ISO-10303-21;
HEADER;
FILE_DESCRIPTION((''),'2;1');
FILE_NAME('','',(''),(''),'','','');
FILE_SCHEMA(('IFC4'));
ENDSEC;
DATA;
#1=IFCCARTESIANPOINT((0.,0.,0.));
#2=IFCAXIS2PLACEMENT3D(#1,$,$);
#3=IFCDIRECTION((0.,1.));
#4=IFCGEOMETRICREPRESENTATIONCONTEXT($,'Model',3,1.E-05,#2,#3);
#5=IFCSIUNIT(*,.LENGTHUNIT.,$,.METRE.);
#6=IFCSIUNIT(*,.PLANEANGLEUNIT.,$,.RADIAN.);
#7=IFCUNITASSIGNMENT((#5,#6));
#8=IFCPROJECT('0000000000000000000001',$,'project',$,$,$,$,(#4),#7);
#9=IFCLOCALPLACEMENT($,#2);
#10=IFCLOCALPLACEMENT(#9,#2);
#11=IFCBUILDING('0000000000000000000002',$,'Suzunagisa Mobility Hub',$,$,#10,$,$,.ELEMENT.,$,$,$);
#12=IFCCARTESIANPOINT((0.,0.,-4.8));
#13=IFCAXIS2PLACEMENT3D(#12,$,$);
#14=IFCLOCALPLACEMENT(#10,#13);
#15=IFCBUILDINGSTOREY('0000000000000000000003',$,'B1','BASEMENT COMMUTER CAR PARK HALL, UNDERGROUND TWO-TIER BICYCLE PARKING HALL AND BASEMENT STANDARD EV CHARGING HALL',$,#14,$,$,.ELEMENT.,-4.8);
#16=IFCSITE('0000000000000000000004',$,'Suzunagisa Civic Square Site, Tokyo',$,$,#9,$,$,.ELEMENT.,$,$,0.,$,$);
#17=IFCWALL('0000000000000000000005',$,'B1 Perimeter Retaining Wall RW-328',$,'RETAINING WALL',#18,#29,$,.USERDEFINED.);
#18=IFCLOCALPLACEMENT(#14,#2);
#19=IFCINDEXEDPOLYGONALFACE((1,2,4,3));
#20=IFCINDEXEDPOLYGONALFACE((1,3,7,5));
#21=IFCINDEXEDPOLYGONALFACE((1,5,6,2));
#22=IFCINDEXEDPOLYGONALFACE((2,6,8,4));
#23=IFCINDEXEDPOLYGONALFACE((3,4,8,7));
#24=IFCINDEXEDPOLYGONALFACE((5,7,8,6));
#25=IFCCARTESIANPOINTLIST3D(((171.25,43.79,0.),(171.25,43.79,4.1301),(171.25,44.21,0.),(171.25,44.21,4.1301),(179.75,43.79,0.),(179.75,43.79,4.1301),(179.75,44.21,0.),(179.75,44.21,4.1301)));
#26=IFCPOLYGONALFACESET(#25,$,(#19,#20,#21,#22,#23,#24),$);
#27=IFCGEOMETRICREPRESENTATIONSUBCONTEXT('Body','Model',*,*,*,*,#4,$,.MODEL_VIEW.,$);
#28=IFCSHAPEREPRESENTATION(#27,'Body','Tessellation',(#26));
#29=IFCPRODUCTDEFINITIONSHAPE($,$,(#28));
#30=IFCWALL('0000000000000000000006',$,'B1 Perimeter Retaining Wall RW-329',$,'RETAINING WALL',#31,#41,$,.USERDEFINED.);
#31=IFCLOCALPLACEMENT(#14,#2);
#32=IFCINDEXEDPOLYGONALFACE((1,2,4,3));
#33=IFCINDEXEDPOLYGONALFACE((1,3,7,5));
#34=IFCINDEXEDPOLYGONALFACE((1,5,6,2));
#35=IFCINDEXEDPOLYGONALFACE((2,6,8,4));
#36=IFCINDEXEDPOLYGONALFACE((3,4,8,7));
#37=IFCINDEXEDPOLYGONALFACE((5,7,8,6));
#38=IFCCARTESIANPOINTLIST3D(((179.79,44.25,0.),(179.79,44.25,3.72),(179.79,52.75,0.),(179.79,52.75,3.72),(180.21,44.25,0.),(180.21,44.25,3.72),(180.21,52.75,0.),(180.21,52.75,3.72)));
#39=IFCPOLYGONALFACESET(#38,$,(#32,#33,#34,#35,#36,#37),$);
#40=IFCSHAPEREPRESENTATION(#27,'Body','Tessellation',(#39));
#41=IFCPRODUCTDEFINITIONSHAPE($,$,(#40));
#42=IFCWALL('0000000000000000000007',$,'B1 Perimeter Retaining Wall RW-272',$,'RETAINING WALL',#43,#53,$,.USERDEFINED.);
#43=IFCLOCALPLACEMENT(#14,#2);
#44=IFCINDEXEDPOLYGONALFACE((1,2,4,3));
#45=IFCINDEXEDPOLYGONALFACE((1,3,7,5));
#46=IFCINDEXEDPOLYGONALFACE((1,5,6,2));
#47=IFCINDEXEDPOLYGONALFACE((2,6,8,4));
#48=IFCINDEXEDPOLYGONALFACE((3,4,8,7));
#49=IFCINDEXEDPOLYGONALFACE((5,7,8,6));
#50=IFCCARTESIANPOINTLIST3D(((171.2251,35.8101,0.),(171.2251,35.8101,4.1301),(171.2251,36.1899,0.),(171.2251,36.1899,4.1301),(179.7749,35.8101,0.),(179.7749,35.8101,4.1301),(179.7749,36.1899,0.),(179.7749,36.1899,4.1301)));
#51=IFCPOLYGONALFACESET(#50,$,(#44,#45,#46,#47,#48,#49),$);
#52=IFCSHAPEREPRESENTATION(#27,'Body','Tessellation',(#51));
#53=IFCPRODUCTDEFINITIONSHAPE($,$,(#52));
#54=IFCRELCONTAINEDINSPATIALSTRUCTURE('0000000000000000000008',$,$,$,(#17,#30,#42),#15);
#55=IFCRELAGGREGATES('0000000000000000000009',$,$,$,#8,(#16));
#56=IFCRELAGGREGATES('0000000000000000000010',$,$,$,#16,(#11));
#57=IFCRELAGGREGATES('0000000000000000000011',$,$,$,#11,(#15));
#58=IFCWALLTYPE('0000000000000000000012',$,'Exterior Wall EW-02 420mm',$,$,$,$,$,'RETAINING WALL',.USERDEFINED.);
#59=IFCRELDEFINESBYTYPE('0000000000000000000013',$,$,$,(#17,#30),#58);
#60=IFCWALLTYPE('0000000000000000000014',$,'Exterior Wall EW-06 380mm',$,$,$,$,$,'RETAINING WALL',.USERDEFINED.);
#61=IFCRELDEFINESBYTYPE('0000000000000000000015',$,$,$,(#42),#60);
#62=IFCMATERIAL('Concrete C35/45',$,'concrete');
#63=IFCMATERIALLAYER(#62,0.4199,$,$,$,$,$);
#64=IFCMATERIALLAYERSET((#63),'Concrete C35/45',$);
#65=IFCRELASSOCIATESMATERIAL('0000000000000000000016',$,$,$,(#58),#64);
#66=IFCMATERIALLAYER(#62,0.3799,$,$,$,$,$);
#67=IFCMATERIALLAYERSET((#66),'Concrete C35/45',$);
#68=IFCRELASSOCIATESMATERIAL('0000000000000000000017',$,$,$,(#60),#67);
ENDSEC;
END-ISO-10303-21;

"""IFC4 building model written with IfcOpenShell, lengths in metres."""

from ifc_helpers import new_model, si_unit, direction, frame, frame_2d, origin, place, context, subcontext, project, spatial, rectangle, extrude, material, layer, layer_set, type_object, element, save


model = new_model("IFC4")

# Units and contexts
model_context = context("Model", 3, precision=1e-05, world=origin(), true_north=direction((0.0, 1.0)))
body_context = subcontext(model_context, "Body", "Model", "MODEL_VIEW")
ifc_project = project(units=[si_unit("LENGTHUNIT", "METRE"), si_unit("PLANEANGLEUNIT", "RADIAN")], contexts=[model_context])

# Site, building, storey
site_placement = place(None, origin())
site = spatial("IfcSite", under=ifc_project, at=site_placement, Name="Suzunagisa Civic Square Site, Tokyo", CompositionType="ELEMENT", RefElevation=0.0)
building_placement = place(site_placement, origin())
building = spatial("IfcBuilding", under=site, at=building_placement, Name="Suzunagisa Mobility Hub", CompositionType="ELEMENT")
storey_placement = place(building_placement, frame((0.0, 0.0, -4.8)))
storey = spatial("IfcBuildingStorey", under=building, at=storey_placement, Name="B1", Description="BASEMENT COMMUTER CAR PARK HALL, UNDERGROUND TWO-TIER BICYCLE PARKING HALL AND BASEMENT STANDARD EV CHARGING HALL", CompositionType="ELEMENT", Elevation=-4.8)

# Shared definitions
ifc_material_1 = material(Name="Concrete C35/45", Category="concrete")

# Walls
ifc_layer_1 = layer(ifc_material_1, 0.4199)
ifc_layer_set_1 = layer_set([ifc_layer_1], Name="Concrete C35/45")
wall_type_1 = type_object("IfcWallType", Name="Exterior Wall EW-02 420mm", ElementType="RETAINING WALL", PredefinedType="USERDEFINED", material=ifc_layer_set_1)
wall_1_placement = place(storey_placement, frame((171.25, 44.0, 0.0), z_axis=(0.0, 0.0, 1.0), x_axis=(1.0, 0.0, 0.0)))
element("IfcWall", 1, at=wall_1_placement, inside=storey, type_object=wall_type_1, Name="B1 Perimeter Retaining Wall RW-328", ObjectType="RETAINING WALL", PredefinedType="USERDEFINED", context=body_context, shape_type="SweptSolid", body=[
    extrude(rectangle(XDim=8.5, YDim=0.4199, at=frame_2d((4.25, 0.0))), origin(), (0.0, 0.0, 1.0), 4.1301),
])
wall_2_placement = place(storey_placement, frame((180.0, 44.25, 0.0), z_axis=(0.0, 0.0, 1.0), x_axis=(0.0, 1.0, 0.0)))
element("IfcWall", 2, at=wall_2_placement, inside=storey, type_object=wall_type_1, Name="B1 Perimeter Retaining Wall RW-329", ObjectType="RETAINING WALL", PredefinedType="USERDEFINED", context=body_context, shape_type="SweptSolid", body=[
    extrude(rectangle(XDim=8.5, YDim=0.4199, at=frame_2d((4.25, 0.0))), origin(), (0.0, 0.0, 1.0), 3.72),
])
ifc_layer_2 = layer(ifc_material_1, 0.3799)
ifc_layer_set_2 = layer_set([ifc_layer_2], Name="Concrete C35/45")
wall_type_2 = type_object("IfcWallType", Name="Exterior Wall EW-06 380mm", ElementType="RETAINING WALL", PredefinedType="USERDEFINED", material=ifc_layer_set_2)
wall_3_placement = place(storey_placement, frame((179.7749, 36.0, 0.0), z_axis=(0.0, 0.0, 1.0), x_axis=(-1.0, 0.0, 0.0)))
element("IfcWall", 3, at=wall_3_placement, inside=storey, type_object=wall_type_2, Name="B1 Perimeter Retaining Wall RW-272", ObjectType="RETAINING WALL", PredefinedType="USERDEFINED", context=body_context, shape_type="SweptSolid", body=[
    extrude(rectangle(XDim=8.5498, YDim=0.3799, at=frame_2d((4.2749, 0.0))), origin(), (0.0, 0.0, 1.0), 4.1301),
])

save(model, "model.ifc")
